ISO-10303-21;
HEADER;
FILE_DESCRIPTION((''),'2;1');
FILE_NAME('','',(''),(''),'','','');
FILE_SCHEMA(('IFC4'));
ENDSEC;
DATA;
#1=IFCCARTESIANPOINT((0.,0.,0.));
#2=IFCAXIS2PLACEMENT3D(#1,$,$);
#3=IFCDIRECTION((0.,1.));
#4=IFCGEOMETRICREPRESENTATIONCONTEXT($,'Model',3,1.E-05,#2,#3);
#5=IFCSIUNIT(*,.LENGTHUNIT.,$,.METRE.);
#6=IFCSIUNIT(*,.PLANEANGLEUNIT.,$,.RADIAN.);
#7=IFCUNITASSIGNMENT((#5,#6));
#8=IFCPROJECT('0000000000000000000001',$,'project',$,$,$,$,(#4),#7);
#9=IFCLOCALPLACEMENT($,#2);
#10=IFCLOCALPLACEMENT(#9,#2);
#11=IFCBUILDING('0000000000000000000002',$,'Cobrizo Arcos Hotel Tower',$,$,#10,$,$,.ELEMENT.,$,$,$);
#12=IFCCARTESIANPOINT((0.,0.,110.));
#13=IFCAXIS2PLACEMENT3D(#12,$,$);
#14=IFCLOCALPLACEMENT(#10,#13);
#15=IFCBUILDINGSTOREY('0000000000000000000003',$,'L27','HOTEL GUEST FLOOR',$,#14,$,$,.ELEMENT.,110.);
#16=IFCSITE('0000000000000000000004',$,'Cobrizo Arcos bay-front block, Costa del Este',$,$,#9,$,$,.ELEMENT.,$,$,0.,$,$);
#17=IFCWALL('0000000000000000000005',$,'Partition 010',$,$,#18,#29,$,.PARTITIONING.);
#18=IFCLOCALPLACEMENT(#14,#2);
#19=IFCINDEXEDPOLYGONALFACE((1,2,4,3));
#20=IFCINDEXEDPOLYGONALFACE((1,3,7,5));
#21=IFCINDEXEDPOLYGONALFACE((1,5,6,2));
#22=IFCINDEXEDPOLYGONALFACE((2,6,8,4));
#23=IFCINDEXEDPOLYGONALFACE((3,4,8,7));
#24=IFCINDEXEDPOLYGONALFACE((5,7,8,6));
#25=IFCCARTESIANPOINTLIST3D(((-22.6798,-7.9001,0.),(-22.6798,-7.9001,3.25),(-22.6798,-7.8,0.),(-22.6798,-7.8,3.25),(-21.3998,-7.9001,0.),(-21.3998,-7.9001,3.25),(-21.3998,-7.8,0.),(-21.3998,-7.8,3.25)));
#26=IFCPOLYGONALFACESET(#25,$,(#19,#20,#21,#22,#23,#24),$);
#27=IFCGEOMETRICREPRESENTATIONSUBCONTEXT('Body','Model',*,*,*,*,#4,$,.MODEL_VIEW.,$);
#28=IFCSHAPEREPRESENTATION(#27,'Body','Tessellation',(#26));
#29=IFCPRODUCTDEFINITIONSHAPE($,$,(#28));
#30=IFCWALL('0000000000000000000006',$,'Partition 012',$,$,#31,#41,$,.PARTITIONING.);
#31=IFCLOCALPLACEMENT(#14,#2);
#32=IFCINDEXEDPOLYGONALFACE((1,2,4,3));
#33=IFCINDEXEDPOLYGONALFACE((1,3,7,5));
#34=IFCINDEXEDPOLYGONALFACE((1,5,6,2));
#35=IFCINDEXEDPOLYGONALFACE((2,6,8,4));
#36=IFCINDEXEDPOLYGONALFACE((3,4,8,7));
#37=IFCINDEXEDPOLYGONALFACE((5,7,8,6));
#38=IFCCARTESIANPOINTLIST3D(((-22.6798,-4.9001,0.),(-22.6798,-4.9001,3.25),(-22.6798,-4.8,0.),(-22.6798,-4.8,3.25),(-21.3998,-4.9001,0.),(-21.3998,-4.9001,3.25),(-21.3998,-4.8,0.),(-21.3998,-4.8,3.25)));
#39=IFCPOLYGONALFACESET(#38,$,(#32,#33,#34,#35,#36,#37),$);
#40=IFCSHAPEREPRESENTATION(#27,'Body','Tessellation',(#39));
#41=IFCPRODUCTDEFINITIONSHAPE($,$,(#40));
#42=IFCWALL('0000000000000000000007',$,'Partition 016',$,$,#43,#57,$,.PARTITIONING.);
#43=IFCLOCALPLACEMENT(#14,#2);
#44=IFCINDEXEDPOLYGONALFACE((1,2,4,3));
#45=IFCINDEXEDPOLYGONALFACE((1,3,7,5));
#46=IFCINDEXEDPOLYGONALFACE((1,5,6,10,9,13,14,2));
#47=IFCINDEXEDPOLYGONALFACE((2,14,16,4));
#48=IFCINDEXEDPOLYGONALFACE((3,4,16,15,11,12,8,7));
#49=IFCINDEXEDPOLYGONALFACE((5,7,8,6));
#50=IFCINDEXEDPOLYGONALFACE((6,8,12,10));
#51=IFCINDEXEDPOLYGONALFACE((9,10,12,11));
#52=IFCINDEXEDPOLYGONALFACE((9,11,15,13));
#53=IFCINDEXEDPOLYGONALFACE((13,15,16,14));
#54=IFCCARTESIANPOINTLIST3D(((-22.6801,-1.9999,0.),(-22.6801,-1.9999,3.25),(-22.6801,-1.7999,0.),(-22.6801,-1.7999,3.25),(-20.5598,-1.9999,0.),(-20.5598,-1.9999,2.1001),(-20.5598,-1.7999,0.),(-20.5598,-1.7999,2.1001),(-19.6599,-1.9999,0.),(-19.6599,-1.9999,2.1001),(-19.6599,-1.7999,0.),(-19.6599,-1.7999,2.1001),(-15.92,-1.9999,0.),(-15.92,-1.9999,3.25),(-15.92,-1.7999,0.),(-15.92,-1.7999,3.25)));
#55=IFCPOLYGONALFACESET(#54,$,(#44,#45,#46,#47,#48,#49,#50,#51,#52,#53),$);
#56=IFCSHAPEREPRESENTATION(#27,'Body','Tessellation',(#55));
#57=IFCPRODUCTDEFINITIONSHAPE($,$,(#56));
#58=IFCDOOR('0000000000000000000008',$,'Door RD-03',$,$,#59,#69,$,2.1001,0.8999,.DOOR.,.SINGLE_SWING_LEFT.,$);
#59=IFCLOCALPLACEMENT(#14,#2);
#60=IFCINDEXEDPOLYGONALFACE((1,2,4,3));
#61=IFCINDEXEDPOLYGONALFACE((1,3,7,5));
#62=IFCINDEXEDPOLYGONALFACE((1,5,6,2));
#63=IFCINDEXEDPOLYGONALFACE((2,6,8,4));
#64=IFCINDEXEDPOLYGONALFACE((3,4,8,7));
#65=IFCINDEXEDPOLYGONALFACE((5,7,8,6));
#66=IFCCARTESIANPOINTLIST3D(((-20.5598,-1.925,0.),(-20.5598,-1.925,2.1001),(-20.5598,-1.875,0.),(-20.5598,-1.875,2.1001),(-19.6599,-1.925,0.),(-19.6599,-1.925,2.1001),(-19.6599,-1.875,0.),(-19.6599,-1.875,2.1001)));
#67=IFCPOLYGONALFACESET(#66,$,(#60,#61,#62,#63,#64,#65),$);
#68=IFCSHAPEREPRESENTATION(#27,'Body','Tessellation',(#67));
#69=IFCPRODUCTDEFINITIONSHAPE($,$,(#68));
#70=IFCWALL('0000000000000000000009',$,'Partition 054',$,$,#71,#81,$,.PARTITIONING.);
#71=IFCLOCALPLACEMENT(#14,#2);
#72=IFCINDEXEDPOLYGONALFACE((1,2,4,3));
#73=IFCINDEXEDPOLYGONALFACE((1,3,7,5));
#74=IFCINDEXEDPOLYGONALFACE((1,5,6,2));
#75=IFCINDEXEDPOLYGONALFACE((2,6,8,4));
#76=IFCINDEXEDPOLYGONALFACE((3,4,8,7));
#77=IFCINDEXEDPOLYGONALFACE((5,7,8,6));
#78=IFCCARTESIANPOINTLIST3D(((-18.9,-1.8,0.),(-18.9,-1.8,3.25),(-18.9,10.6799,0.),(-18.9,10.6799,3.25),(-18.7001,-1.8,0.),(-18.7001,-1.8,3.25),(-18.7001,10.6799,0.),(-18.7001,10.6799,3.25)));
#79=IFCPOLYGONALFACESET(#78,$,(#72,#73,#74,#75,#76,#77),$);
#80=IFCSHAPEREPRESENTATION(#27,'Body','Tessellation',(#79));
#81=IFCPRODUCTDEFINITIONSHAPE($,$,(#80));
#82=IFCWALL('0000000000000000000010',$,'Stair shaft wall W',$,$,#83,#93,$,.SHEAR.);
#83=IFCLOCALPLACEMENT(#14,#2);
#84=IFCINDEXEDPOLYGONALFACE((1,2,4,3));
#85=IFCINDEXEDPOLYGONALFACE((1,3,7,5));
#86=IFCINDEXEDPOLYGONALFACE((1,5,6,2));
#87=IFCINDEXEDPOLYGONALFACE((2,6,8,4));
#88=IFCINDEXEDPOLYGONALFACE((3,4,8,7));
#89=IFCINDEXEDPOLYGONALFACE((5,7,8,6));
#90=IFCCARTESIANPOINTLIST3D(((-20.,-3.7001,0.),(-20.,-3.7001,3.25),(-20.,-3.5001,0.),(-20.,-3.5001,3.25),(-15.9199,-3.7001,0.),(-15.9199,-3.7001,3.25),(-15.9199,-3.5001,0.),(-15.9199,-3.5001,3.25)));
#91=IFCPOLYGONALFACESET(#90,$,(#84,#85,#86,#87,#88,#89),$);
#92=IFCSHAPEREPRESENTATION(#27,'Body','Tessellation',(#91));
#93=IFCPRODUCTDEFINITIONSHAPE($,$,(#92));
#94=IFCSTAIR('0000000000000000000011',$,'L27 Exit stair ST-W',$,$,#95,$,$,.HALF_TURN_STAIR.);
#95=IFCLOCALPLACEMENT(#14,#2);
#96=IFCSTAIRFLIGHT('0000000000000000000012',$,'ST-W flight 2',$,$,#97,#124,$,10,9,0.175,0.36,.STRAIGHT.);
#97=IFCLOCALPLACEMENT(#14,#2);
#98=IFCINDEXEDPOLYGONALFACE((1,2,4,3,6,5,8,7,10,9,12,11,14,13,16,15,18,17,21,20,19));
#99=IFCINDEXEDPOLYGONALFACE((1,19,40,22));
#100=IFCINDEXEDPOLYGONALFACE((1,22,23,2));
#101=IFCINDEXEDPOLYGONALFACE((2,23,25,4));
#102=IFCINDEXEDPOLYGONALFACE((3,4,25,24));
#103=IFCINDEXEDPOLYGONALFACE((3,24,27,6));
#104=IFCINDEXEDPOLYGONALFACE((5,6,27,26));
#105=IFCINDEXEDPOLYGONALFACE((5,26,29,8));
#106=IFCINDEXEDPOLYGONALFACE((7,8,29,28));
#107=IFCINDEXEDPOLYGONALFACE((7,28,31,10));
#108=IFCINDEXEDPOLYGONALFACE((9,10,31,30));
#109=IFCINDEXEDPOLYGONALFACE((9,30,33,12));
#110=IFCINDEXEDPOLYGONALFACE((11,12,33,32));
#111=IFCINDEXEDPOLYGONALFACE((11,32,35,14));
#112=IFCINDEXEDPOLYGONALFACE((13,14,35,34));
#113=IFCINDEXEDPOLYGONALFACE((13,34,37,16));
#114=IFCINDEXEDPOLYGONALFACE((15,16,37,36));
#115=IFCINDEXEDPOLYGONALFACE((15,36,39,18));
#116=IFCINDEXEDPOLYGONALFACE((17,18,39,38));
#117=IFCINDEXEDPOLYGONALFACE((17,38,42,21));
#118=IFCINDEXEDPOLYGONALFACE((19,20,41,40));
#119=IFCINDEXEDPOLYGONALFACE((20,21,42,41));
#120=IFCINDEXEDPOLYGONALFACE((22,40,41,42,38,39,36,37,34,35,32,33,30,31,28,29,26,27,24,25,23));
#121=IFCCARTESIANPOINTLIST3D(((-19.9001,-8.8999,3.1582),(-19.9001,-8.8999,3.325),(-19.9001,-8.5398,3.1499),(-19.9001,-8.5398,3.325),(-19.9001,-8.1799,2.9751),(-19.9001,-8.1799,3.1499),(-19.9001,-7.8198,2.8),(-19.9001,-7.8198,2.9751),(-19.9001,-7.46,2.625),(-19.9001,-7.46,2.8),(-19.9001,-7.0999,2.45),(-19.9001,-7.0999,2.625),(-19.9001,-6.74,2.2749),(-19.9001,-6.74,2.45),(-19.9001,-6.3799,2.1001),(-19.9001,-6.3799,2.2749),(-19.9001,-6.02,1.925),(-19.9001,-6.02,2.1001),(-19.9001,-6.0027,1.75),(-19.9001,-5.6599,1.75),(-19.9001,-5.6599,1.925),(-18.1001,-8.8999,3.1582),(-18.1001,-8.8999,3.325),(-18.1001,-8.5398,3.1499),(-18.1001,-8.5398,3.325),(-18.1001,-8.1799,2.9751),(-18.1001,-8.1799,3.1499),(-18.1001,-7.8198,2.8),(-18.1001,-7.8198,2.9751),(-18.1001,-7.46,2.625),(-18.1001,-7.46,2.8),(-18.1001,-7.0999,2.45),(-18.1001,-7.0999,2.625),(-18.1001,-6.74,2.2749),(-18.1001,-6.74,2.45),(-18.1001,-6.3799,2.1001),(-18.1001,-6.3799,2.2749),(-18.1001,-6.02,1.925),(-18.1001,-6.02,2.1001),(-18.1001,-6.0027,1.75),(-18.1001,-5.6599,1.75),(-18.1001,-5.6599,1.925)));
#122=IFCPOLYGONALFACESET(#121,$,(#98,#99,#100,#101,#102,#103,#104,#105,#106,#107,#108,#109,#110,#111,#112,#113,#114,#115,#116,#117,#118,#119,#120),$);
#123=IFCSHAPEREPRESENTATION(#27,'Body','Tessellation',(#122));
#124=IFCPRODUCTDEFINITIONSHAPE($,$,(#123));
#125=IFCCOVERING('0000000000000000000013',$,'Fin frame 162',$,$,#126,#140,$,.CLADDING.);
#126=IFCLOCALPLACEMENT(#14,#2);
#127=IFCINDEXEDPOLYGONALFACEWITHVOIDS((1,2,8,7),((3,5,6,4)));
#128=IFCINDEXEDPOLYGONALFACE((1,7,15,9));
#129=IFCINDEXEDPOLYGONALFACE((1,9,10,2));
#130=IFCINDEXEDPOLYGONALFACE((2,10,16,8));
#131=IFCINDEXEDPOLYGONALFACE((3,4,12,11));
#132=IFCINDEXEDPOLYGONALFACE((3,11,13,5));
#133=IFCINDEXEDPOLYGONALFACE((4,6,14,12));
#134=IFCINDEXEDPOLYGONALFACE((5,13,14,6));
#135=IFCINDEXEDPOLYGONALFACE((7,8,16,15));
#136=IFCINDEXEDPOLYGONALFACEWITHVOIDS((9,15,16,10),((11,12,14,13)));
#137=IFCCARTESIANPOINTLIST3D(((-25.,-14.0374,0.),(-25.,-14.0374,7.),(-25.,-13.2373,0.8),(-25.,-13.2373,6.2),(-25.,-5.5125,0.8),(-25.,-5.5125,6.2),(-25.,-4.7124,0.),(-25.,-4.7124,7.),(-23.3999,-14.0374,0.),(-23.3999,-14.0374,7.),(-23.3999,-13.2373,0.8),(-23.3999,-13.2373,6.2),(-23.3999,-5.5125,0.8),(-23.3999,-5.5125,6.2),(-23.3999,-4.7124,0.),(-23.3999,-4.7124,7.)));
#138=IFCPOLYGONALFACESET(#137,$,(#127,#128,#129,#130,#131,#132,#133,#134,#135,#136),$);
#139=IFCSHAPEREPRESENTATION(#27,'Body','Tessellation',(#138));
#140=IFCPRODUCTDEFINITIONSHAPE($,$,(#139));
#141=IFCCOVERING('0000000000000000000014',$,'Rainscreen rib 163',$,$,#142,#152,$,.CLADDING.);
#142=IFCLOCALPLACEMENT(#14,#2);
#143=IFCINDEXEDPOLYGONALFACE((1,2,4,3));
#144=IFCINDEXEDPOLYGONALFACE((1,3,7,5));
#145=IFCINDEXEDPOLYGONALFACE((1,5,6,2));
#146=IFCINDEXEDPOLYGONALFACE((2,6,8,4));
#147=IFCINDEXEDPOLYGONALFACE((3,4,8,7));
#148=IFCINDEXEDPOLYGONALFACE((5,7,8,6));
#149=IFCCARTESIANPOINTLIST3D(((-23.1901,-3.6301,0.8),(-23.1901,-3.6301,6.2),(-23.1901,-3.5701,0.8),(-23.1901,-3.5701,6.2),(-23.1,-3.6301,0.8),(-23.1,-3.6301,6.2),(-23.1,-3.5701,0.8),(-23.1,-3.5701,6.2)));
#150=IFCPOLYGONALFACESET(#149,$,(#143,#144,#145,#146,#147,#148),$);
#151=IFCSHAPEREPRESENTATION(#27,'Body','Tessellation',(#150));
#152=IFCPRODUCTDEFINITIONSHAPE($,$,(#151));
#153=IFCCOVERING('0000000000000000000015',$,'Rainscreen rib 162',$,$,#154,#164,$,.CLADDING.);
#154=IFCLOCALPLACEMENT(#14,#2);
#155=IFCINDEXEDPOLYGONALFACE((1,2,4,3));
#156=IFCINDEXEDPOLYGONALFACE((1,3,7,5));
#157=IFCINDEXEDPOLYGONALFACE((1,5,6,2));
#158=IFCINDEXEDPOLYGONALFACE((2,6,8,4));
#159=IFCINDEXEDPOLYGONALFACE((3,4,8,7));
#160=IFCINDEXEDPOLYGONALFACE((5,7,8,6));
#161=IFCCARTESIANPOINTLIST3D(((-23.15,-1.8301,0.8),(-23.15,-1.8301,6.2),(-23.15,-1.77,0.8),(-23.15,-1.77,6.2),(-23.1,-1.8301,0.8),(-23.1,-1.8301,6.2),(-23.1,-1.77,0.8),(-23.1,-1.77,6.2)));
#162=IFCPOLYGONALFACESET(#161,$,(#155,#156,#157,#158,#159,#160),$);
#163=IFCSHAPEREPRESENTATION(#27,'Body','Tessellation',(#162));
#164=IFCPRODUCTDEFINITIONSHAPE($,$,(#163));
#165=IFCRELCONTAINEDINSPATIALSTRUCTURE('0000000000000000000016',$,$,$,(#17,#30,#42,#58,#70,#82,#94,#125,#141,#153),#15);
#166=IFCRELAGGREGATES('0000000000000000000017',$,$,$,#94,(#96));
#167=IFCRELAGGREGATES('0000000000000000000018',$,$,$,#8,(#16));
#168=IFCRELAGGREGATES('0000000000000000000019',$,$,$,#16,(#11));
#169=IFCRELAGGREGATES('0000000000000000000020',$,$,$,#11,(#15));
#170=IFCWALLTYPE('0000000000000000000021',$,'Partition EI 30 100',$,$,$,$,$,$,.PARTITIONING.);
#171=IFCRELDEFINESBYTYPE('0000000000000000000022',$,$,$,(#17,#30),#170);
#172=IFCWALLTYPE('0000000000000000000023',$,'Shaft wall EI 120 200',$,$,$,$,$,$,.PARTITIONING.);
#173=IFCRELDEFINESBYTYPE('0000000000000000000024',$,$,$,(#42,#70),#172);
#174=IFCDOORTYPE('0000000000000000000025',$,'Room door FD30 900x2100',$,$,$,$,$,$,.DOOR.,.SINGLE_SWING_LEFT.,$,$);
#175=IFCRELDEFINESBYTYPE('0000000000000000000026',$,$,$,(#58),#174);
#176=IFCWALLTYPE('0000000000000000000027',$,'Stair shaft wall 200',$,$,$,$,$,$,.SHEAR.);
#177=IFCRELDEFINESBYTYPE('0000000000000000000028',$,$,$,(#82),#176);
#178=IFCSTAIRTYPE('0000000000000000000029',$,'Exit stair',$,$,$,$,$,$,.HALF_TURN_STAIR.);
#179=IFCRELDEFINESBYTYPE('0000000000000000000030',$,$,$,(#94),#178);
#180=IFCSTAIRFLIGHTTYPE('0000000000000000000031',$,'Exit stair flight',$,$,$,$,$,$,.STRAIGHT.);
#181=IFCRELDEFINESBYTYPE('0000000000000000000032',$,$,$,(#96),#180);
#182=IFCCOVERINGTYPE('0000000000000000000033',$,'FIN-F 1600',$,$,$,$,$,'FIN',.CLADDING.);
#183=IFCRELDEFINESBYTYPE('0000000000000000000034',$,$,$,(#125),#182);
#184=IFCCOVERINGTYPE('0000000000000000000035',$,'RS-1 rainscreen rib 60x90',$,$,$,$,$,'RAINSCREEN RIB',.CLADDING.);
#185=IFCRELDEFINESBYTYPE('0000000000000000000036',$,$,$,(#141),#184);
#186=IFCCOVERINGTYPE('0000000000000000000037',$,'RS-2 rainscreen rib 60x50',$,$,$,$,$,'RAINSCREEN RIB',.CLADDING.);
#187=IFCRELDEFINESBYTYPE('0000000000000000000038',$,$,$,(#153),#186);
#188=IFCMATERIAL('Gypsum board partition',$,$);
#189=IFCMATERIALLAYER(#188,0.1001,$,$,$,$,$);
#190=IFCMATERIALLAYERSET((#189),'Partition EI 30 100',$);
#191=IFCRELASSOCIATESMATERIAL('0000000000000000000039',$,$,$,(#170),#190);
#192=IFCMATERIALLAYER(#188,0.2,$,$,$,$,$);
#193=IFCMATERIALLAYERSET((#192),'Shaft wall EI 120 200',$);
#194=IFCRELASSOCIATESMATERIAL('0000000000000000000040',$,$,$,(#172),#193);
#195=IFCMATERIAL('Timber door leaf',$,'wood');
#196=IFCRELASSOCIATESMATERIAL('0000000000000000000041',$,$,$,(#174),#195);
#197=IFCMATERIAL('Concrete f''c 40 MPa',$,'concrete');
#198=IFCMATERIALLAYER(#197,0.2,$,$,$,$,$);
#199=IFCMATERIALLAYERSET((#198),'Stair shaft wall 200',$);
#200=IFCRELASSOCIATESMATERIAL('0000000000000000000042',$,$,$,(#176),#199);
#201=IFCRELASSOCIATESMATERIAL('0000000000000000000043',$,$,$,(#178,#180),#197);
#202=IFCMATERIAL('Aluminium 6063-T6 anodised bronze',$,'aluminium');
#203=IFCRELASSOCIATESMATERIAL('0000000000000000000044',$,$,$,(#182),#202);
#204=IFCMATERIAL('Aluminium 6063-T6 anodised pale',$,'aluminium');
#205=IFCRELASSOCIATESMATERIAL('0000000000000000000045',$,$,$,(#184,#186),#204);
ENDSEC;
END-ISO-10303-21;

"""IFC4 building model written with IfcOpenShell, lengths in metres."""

from ifc_helpers import new_model, si_unit, direction, frame, frame_2d, origin, origin_2d, place, context, subcontext, project, spatial, polyline, rectangle, outline, extrude, material, layer, layer_set, type_object, element, fill, aggregate, save


model = new_model("IFC4")

# Units and contexts
model_context = context("Model", 3, precision=1e-05, world=origin(), true_north=direction((0.0, 1.0)))
body_context = subcontext(model_context, "Body", "Model", "MODEL_VIEW")
ifc_project = project(units=[si_unit("LENGTHUNIT", "METRE"), si_unit("PLANEANGLEUNIT", "RADIAN")], contexts=[model_context])

# Site, building, storey
site_placement = place(None, origin())
site = spatial("IfcSite", under=ifc_project, at=site_placement, Name="Cobrizo Arcos bay-front block, Costa del Este", CompositionType="ELEMENT", RefElevation=0.0)
building_placement = place(site_placement, origin())
building = spatial("IfcBuilding", under=site, at=building_placement, Name="Cobrizo Arcos Hotel Tower", CompositionType="ELEMENT")
storey_placement = place(building_placement, frame((0.0, 0.0, 110.0)))
storey = spatial("IfcBuildingStorey", under=building, at=storey_placement, Name="L27", Description="HOTEL GUEST FLOOR", CompositionType="ELEMENT", Elevation=110.0)

# Walls
ifc_material_1 = material(Name="Gypsum board partition")
ifc_layer_1 = layer(ifc_material_1, 0.1001)
ifc_layer_set_1 = layer_set([ifc_layer_1], Name="Partition EI 30 100")
wall_type_1 = type_object("IfcWallType", Name="Partition EI 30 100", PredefinedType="PARTITIONING", material=ifc_layer_set_1)
for number, where, z_axis, x_axis, name in (
    (1, (-22.6799, -7.8501, 0.0), (0.0, 0.0, 1.0), (1.0, 0.0, 0.0), "Partition 010"),
    (2, (-22.6799, -4.8501, 0.0), (0.0, 0.0, 1.0), (1.0, 0.0, 0.0), "Partition 012"),
):
    element("IfcWall", number, at=place(storey_placement, frame(where, z_axis=z_axis, x_axis=x_axis)), inside=storey, type_object=wall_type_1, Name=name, PredefinedType="PARTITIONING", context=body_context, shape_type="SweptSolid", body=[
        extrude(rectangle(XDim=1.28, YDim=0.1001, at=frame_2d((0.6401, 0.0))), origin(), (0.0, 0.0, 1.0), 3.25),
    ])

# Wall, opening, door
ifc_layer_2 = layer(ifc_material_1, 0.2)
ifc_layer_set_2 = layer_set([ifc_layer_2], Name="Shaft wall EI 120 200")
wall_type_2 = type_object("IfcWallType", Name="Shaft wall EI 120 200", PredefinedType="PARTITIONING", material=ifc_layer_set_2)
wall_1_placement = place(storey_placement, frame((-22.6799, -1.8999, 0.0), z_axis=(0.0, 0.0, 1.0), x_axis=(1.0, 0.0, 0.0)))
wall_1 = element("IfcWall", 3, at=wall_1_placement, inside=storey, type_object=wall_type_2, Name="Partition 016", PredefinedType="PARTITIONING", context=body_context, shape_type="SweptSolid", body=[
    extrude(rectangle(XDim=6.76, YDim=0.2, at=frame_2d((3.3799, 0.0))), origin(), (0.0, 0.0, 1.0), 3.25),
])
opening_placement = place(wall_1_placement, frame((2.1201, 0.0, 0.0)))
opening = element("IfcOpeningElement", 4, at=opening_placement, cuts=wall_1, PredefinedType="OPENING", context=body_context, shape_type="SweptSolid", body=[
    extrude(rectangle(XDim=0.8999, YDim=2.1001, at=frame_2d((0.45, 1.05))), frame((0.0, 0.1121, 0.0), z_axis=(0.0, -1.0, 0.0), x_axis=(1.0, 0.0, 0.0)), (0.0, 0.0, 1.0), 0.2239),
])
ifc_material_2 = material(Name="Timber door leaf", Category="wood")
door_type = type_object("IfcDoorType", Name="Room door FD30 900x2100", OperationType="SINGLE_SWING_LEFT", PredefinedType="DOOR", material=ifc_material_2)
door_placement = place(opening_placement, origin())
door = element("IfcDoor", 5, at=door_placement, inside=storey, type_object=door_type, Name="Door RD-03", OperationType="SINGLE_SWING_LEFT", OverallHeight=2.1001, OverallWidth=0.8999, PredefinedType="DOOR", context=body_context, shape_type="SweptSolid", body=[
    extrude(rectangle(XDim=0.8999, YDim=2.1001, at=frame_2d((0.45, 1.05))), frame((0.0, 0.0249, 0.0), z_axis=(0.0, -1.0, 0.0), x_axis=(1.0, 0.0, 0.0)), (0.0, 0.0, 1.0), 0.05),
])
fill(opening, door)

# Walls
wall_2_placement = place(storey_placement, frame((-18.8, -1.8, 0.0), z_axis=(0.0, 0.0, 1.0), x_axis=(0.0, 1.0, 0.0)))
element("IfcWall", 6, at=wall_2_placement, inside=storey, type_object=wall_type_2, Name="Partition 054", PredefinedType="PARTITIONING", context=body_context, shape_type="SweptSolid", body=[
    extrude(rectangle(XDim=12.48, YDim=0.2, at=frame_2d((6.24, 0.0))), origin(), (0.0, 0.0, 1.0), 3.25),
])
ifc_material_3 = material(Name="Concrete f'c 40 MPa", Category="concrete")
ifc_layer_3 = layer(ifc_material_3, 0.2)
ifc_layer_set_3 = layer_set([ifc_layer_3], Name="Stair shaft wall 200")
wall_type_3 = type_object("IfcWallType", Name="Stair shaft wall 200", PredefinedType="SHEAR", material=ifc_layer_set_3)
wall_3_placement = place(storey_placement, frame((-20.0, -3.6001, 0.0), z_axis=(0.0, 0.0, 1.0), x_axis=(1.0, 0.0, 0.0)))
element("IfcWall", 7, at=wall_3_placement, inside=storey, type_object=wall_type_3, Name="Stair shaft wall W", PredefinedType="SHEAR", context=body_context, shape_type="SweptSolid", body=[
    extrude(rectangle(XDim=4.0801, YDim=0.2, at=frame_2d((2.04, 0.0))), origin(), (0.0, 0.0, 1.0), 3.25),
])

# Stair, stair flight
stair_type = type_object("IfcStairType", Name="Exit stair", PredefinedType="HALF_TURN_STAIR", material=ifc_material_3)
stair_placement = place(storey_placement, origin())
stair = element("IfcStair", 8, at=stair_placement, inside=storey, type_object=stair_type, Name="L27 Exit stair ST-W", PredefinedType="HALF_TURN_STAIR")
stair_flight_type = type_object("IfcStairFlightType", Name="Exit stair flight", PredefinedType="STRAIGHT", material=ifc_material_3)
stair_flight_placement = place(storey_placement, frame((-19.0, -5.6599, 1.75), z_axis=(0.0, 0.0, 1.0), x_axis=(0.0, -1.0, 0.0)))
stair_flight = element("IfcStairFlight", 9, at=stair_flight_placement, type_object=stair_flight_type, Name="ST-W flight 2", NumberOfRisers=10, NumberOfTreads=9, PredefinedType="STRAIGHT", RiserHeight=0.175, TreadLength=0.36, context=body_context, shape_type="SweptSolid", body=[
    extrude(outline(polyline([(0.0, 0.0), (0.0, 0.175), (0.3601, 0.175), (0.3601, 0.3501), (0.72, 0.3501), (0.72, 0.5249), (1.0801, 0.5249), (1.0801, 0.7), (1.4399, 0.7), (1.4399, 0.875), (1.8, 0.875), (1.8, 1.05), (2.1599, 1.05), (2.1599, 1.2251), (2.52, 1.2251), (2.52, 1.3999), (2.8799, 1.3999), (2.8799, 1.575), (3.24, 1.575), (3.24, 1.75), (3.24, 1.4082), (0.3428, 0.0), (0.0, 0.0)])), frame((0.0, 0.8999, 0.0), z_axis=(0.0, -1.0, 0.0), x_axis=(1.0, 0.0, 0.0)), (0.0, 0.0, 1.0), 1.8),
])
aggregate(stair, [stair_flight])

# Coverings
ifc_material_4 = material(Name="Aluminium 6063-T6 anodised bronze", Category="aluminium")
covering_type_1 = type_object("IfcCoveringType", Name="FIN-F 1600", ElementType="FIN", PredefinedType="CLADDING", material=ifc_material_4)
covering_1_placement = place(storey_placement, frame((-23.3999, -4.7124, 0.0), z_axis=(-1.0, 0.0, 0.0), x_axis=(0.0, -1.0, 0.0)))
element("IfcCovering", 10, at=covering_1_placement, inside=storey, type_object=covering_type_1, Name="Fin frame 162", PredefinedType="CLADDING", context=body_context, shape_type="SweptSolid", body=[
    extrude(outline(polyline([(0.0, 7.0), (0.0, 0.0), (9.325, 0.0), (9.325, 7.0), (0.0, 7.0)]), holes=[polyline([(8.5249, 0.8), (0.8, 0.8), (0.8, 6.2), (8.5249, 6.2), (8.5249, 0.8)])]), origin(), (0.0, 0.0, 1.0), 1.6001),
])
ifc_material_5 = material(Name="Aluminium 6063-T6 anodised pale", Category="aluminium")
covering_type_2 = type_object("IfcCoveringType", Name="RS-1 rainscreen rib 60x90", ElementType="RAINSCREEN RIB", PredefinedType="CLADDING", material=ifc_material_5)
covering_2_placement = place(storey_placement, frame((-23.145, -3.6001, 0.8), z_axis=(0.0, 0.0, 1.0), x_axis=(0.0, -1.0, 0.0)))
element("IfcCovering", 11, at=covering_2_placement, inside=storey, type_object=covering_type_2, Name="Rainscreen rib 163", PredefinedType="CLADDING", context=body_context, shape_type="SweptSolid", body=[
    extrude(rectangle(XDim=0.0601, YDim=0.0901, at=origin_2d()), origin(), (0.0, 0.0, 1.0), 5.3999),
])
covering_type_3 = type_object("IfcCoveringType", Name="RS-2 rainscreen rib 60x50", ElementType="RAINSCREEN RIB", PredefinedType="CLADDING", material=ifc_material_5)
covering_3_placement = place(storey_placement, frame((-23.125, -1.8, 0.8), z_axis=(0.0, 0.0, 1.0), x_axis=(0.0, -1.0, 0.0)))
element("IfcCovering", 12, at=covering_3_placement, inside=storey, type_object=covering_type_3, Name="Rainscreen rib 162", PredefinedType="CLADDING", context=body_context, shape_type="SweptSolid", body=[
    extrude(rectangle(XDim=0.0601, YDim=0.05, at=origin_2d()), origin(), (0.0, 0.0, 1.0), 5.3999),
])

save(model, "model.ifc")
